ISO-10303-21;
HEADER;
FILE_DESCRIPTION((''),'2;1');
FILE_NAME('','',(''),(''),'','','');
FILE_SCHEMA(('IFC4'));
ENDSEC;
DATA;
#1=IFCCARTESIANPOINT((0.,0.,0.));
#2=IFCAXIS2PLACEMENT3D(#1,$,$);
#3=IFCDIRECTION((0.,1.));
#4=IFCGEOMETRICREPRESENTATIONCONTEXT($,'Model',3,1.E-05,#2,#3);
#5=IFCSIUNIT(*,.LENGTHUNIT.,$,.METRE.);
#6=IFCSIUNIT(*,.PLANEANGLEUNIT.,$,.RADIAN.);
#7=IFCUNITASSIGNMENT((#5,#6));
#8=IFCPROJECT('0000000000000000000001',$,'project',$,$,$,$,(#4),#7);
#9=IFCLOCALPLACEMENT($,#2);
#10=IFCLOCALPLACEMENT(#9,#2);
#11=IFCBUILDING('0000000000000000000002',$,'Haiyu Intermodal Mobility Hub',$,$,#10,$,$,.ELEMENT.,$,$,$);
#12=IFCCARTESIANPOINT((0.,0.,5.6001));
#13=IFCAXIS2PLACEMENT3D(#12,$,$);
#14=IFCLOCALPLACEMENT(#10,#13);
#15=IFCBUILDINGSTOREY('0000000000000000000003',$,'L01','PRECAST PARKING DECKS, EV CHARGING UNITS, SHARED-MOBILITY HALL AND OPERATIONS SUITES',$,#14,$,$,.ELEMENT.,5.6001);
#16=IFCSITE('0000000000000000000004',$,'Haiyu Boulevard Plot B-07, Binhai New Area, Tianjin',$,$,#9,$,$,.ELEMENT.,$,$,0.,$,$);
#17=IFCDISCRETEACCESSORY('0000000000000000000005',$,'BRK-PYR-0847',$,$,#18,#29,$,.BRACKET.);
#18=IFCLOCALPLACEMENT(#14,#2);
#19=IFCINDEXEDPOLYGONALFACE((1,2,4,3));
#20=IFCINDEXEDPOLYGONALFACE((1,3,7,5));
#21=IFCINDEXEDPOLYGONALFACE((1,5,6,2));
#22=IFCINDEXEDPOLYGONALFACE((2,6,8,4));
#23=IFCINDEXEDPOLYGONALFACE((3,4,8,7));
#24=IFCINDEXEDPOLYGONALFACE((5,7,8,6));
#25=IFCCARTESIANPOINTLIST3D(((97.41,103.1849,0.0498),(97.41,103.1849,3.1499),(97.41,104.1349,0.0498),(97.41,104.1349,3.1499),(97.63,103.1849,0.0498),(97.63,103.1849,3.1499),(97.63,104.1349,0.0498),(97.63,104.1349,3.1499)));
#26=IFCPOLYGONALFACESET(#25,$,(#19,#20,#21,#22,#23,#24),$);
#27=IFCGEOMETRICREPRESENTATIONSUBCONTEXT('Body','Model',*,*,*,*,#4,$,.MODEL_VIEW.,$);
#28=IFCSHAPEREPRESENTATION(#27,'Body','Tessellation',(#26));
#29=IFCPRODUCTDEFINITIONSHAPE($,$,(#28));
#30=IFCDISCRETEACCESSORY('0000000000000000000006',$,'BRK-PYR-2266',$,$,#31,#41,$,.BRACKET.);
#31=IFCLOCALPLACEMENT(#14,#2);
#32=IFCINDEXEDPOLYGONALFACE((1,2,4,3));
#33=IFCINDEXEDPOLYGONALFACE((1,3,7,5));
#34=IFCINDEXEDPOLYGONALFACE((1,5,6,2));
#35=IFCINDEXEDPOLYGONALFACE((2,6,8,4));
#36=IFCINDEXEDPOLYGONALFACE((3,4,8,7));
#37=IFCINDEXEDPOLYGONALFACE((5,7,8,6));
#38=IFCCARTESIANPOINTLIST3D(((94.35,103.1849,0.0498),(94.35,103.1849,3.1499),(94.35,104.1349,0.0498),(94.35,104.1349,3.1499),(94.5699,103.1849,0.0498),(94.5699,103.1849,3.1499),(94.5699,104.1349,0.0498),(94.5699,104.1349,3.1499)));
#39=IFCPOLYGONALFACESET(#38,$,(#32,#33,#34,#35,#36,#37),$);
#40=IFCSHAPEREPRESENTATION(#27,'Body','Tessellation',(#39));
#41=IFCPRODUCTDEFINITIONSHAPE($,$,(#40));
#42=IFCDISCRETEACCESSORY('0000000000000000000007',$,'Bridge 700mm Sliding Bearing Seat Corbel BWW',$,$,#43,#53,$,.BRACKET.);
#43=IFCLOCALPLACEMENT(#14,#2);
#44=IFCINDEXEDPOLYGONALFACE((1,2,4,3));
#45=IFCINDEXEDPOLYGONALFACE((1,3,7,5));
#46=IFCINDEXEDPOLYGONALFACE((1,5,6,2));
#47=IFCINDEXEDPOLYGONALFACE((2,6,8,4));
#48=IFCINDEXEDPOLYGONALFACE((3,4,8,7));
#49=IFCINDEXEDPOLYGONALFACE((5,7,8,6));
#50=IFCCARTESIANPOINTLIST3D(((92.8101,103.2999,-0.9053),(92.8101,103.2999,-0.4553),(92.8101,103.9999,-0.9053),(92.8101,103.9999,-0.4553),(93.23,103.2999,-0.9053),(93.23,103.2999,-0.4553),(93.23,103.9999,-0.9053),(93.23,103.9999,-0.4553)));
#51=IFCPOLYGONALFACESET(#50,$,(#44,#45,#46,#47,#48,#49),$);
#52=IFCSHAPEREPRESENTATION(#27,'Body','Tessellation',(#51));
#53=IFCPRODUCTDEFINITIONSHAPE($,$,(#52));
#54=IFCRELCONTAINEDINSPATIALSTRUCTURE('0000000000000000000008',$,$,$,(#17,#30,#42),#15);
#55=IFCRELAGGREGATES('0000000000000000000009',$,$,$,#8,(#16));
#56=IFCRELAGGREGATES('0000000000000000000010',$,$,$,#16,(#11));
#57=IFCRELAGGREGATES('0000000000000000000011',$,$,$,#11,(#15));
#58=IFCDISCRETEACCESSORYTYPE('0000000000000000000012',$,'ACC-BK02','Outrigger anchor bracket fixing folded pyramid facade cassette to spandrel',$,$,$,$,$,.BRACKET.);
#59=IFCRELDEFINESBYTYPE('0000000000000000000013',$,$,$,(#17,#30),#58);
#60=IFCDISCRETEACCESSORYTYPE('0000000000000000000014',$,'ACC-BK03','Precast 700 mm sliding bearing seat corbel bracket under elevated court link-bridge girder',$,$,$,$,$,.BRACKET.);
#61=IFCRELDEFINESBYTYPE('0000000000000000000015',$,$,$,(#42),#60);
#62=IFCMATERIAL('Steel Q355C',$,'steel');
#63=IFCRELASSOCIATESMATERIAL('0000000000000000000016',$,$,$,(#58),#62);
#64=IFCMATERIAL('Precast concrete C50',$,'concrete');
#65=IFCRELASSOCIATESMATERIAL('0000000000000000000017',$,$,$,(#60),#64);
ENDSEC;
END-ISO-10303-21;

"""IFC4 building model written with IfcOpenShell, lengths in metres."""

from ifc_helpers import new_model, si_unit, direction, frame, origin, origin_2d, place, context, subcontext, project, spatial, rectangle, extrude, material, type_object, element, save


model = new_model("IFC4")

# Units and contexts
model_context = context("Model", 3, precision=1e-05, world=origin(), true_north=direction((0.0, 1.0)))
body_context = subcontext(model_context, "Body", "Model", "MODEL_VIEW")
ifc_project = project(units=[si_unit("LENGTHUNIT", "METRE"), si_unit("PLANEANGLEUNIT", "RADIAN")], contexts=[model_context])

# Site, building, storey
site_placement = place(None, origin())
site = spatial("IfcSite", under=ifc_project, at=site_placement, Name="Haiyu Boulevard Plot B-07, Binhai New Area, Tianjin", CompositionType="ELEMENT", RefElevation=0.0)
building_placement = place(site_placement, origin())
building = spatial("IfcBuilding", under=site, at=building_placement, Name="Haiyu Intermodal Mobility Hub", CompositionType="ELEMENT")
storey_placement = place(building_placement, frame((0.0, 0.0, 5.6001)))
storey = spatial("IfcBuildingStorey", under=building, at=storey_placement, Name="L01", Description="PRECAST PARKING DECKS, EV CHARGING UNITS, SHARED-MOBILITY HALL AND OPERATIONS SUITES", CompositionType="ELEMENT", Elevation=5.6001)

# Shared definitions
ifc_material_1 = material(Name="Precast concrete C50", Category="concrete")
ifc_material_2 = material(Name="Steel Q355C", Category="steel")

# Discrete accessories
discrete_accessory_type_1 = type_object("IfcDiscreteAccessoryType", Name="ACC-BK02", Description="Outrigger anchor bracket fixing folded pyramid facade cassette to spandrel", PredefinedType="BRACKET", material=ifc_material_2)
for number, where, z_axis, x_axis, name in (
    (1, (97.52, 103.6599, 0.0498), (0.0, 0.0, 1.0), (1.0, 0.0, 0.0), "BRK-PYR-0847"),
    (2, (94.46, 103.6599, 0.0498), (0.0, 0.0, 1.0), (1.0, 0.0, 0.0), "BRK-PYR-2266"),
):
    element("IfcDiscreteAccessory", number, at=place(storey_placement, frame(where, z_axis=z_axis, x_axis=x_axis)), inside=storey, type_object=discrete_accessory_type_1, Name=name, PredefinedType="BRACKET", context=body_context, shape_type="SweptSolid", body=[
        extrude(rectangle(XDim=0.22, YDim=0.95, at=origin_2d()), origin(), (0.0, 0.0, 1.0), 3.1001),
    ])
discrete_accessory_type_2 = type_object("IfcDiscreteAccessoryType", Name="ACC-BK03", Description="Precast 700 mm sliding bearing seat corbel bracket under elevated court link-bridge girder", PredefinedType="BRACKET", material=ifc_material_1)
discrete_accessory_placement = place(storey_placement, frame((93.02, 103.6499, -0.9053), z_axis=(0.0, 0.0, 1.0), x_axis=(0.0, 1.0, 0.0)))
element("IfcDiscreteAccessory", 3, at=discrete_accessory_placement, inside=storey, type_object=discrete_accessory_type_2, Name="Bridge 700mm Sliding Bearing Seat Corbel BWW", PredefinedType="BRACKET", context=body_context, shape_type="SweptSolid", body=[
    extrude(rectangle(XDim=0.7, YDim=0.4199, at=origin_2d()), origin(), (0.0, 0.0, 1.0), 0.45),
])

save(model, "model.ifc")
